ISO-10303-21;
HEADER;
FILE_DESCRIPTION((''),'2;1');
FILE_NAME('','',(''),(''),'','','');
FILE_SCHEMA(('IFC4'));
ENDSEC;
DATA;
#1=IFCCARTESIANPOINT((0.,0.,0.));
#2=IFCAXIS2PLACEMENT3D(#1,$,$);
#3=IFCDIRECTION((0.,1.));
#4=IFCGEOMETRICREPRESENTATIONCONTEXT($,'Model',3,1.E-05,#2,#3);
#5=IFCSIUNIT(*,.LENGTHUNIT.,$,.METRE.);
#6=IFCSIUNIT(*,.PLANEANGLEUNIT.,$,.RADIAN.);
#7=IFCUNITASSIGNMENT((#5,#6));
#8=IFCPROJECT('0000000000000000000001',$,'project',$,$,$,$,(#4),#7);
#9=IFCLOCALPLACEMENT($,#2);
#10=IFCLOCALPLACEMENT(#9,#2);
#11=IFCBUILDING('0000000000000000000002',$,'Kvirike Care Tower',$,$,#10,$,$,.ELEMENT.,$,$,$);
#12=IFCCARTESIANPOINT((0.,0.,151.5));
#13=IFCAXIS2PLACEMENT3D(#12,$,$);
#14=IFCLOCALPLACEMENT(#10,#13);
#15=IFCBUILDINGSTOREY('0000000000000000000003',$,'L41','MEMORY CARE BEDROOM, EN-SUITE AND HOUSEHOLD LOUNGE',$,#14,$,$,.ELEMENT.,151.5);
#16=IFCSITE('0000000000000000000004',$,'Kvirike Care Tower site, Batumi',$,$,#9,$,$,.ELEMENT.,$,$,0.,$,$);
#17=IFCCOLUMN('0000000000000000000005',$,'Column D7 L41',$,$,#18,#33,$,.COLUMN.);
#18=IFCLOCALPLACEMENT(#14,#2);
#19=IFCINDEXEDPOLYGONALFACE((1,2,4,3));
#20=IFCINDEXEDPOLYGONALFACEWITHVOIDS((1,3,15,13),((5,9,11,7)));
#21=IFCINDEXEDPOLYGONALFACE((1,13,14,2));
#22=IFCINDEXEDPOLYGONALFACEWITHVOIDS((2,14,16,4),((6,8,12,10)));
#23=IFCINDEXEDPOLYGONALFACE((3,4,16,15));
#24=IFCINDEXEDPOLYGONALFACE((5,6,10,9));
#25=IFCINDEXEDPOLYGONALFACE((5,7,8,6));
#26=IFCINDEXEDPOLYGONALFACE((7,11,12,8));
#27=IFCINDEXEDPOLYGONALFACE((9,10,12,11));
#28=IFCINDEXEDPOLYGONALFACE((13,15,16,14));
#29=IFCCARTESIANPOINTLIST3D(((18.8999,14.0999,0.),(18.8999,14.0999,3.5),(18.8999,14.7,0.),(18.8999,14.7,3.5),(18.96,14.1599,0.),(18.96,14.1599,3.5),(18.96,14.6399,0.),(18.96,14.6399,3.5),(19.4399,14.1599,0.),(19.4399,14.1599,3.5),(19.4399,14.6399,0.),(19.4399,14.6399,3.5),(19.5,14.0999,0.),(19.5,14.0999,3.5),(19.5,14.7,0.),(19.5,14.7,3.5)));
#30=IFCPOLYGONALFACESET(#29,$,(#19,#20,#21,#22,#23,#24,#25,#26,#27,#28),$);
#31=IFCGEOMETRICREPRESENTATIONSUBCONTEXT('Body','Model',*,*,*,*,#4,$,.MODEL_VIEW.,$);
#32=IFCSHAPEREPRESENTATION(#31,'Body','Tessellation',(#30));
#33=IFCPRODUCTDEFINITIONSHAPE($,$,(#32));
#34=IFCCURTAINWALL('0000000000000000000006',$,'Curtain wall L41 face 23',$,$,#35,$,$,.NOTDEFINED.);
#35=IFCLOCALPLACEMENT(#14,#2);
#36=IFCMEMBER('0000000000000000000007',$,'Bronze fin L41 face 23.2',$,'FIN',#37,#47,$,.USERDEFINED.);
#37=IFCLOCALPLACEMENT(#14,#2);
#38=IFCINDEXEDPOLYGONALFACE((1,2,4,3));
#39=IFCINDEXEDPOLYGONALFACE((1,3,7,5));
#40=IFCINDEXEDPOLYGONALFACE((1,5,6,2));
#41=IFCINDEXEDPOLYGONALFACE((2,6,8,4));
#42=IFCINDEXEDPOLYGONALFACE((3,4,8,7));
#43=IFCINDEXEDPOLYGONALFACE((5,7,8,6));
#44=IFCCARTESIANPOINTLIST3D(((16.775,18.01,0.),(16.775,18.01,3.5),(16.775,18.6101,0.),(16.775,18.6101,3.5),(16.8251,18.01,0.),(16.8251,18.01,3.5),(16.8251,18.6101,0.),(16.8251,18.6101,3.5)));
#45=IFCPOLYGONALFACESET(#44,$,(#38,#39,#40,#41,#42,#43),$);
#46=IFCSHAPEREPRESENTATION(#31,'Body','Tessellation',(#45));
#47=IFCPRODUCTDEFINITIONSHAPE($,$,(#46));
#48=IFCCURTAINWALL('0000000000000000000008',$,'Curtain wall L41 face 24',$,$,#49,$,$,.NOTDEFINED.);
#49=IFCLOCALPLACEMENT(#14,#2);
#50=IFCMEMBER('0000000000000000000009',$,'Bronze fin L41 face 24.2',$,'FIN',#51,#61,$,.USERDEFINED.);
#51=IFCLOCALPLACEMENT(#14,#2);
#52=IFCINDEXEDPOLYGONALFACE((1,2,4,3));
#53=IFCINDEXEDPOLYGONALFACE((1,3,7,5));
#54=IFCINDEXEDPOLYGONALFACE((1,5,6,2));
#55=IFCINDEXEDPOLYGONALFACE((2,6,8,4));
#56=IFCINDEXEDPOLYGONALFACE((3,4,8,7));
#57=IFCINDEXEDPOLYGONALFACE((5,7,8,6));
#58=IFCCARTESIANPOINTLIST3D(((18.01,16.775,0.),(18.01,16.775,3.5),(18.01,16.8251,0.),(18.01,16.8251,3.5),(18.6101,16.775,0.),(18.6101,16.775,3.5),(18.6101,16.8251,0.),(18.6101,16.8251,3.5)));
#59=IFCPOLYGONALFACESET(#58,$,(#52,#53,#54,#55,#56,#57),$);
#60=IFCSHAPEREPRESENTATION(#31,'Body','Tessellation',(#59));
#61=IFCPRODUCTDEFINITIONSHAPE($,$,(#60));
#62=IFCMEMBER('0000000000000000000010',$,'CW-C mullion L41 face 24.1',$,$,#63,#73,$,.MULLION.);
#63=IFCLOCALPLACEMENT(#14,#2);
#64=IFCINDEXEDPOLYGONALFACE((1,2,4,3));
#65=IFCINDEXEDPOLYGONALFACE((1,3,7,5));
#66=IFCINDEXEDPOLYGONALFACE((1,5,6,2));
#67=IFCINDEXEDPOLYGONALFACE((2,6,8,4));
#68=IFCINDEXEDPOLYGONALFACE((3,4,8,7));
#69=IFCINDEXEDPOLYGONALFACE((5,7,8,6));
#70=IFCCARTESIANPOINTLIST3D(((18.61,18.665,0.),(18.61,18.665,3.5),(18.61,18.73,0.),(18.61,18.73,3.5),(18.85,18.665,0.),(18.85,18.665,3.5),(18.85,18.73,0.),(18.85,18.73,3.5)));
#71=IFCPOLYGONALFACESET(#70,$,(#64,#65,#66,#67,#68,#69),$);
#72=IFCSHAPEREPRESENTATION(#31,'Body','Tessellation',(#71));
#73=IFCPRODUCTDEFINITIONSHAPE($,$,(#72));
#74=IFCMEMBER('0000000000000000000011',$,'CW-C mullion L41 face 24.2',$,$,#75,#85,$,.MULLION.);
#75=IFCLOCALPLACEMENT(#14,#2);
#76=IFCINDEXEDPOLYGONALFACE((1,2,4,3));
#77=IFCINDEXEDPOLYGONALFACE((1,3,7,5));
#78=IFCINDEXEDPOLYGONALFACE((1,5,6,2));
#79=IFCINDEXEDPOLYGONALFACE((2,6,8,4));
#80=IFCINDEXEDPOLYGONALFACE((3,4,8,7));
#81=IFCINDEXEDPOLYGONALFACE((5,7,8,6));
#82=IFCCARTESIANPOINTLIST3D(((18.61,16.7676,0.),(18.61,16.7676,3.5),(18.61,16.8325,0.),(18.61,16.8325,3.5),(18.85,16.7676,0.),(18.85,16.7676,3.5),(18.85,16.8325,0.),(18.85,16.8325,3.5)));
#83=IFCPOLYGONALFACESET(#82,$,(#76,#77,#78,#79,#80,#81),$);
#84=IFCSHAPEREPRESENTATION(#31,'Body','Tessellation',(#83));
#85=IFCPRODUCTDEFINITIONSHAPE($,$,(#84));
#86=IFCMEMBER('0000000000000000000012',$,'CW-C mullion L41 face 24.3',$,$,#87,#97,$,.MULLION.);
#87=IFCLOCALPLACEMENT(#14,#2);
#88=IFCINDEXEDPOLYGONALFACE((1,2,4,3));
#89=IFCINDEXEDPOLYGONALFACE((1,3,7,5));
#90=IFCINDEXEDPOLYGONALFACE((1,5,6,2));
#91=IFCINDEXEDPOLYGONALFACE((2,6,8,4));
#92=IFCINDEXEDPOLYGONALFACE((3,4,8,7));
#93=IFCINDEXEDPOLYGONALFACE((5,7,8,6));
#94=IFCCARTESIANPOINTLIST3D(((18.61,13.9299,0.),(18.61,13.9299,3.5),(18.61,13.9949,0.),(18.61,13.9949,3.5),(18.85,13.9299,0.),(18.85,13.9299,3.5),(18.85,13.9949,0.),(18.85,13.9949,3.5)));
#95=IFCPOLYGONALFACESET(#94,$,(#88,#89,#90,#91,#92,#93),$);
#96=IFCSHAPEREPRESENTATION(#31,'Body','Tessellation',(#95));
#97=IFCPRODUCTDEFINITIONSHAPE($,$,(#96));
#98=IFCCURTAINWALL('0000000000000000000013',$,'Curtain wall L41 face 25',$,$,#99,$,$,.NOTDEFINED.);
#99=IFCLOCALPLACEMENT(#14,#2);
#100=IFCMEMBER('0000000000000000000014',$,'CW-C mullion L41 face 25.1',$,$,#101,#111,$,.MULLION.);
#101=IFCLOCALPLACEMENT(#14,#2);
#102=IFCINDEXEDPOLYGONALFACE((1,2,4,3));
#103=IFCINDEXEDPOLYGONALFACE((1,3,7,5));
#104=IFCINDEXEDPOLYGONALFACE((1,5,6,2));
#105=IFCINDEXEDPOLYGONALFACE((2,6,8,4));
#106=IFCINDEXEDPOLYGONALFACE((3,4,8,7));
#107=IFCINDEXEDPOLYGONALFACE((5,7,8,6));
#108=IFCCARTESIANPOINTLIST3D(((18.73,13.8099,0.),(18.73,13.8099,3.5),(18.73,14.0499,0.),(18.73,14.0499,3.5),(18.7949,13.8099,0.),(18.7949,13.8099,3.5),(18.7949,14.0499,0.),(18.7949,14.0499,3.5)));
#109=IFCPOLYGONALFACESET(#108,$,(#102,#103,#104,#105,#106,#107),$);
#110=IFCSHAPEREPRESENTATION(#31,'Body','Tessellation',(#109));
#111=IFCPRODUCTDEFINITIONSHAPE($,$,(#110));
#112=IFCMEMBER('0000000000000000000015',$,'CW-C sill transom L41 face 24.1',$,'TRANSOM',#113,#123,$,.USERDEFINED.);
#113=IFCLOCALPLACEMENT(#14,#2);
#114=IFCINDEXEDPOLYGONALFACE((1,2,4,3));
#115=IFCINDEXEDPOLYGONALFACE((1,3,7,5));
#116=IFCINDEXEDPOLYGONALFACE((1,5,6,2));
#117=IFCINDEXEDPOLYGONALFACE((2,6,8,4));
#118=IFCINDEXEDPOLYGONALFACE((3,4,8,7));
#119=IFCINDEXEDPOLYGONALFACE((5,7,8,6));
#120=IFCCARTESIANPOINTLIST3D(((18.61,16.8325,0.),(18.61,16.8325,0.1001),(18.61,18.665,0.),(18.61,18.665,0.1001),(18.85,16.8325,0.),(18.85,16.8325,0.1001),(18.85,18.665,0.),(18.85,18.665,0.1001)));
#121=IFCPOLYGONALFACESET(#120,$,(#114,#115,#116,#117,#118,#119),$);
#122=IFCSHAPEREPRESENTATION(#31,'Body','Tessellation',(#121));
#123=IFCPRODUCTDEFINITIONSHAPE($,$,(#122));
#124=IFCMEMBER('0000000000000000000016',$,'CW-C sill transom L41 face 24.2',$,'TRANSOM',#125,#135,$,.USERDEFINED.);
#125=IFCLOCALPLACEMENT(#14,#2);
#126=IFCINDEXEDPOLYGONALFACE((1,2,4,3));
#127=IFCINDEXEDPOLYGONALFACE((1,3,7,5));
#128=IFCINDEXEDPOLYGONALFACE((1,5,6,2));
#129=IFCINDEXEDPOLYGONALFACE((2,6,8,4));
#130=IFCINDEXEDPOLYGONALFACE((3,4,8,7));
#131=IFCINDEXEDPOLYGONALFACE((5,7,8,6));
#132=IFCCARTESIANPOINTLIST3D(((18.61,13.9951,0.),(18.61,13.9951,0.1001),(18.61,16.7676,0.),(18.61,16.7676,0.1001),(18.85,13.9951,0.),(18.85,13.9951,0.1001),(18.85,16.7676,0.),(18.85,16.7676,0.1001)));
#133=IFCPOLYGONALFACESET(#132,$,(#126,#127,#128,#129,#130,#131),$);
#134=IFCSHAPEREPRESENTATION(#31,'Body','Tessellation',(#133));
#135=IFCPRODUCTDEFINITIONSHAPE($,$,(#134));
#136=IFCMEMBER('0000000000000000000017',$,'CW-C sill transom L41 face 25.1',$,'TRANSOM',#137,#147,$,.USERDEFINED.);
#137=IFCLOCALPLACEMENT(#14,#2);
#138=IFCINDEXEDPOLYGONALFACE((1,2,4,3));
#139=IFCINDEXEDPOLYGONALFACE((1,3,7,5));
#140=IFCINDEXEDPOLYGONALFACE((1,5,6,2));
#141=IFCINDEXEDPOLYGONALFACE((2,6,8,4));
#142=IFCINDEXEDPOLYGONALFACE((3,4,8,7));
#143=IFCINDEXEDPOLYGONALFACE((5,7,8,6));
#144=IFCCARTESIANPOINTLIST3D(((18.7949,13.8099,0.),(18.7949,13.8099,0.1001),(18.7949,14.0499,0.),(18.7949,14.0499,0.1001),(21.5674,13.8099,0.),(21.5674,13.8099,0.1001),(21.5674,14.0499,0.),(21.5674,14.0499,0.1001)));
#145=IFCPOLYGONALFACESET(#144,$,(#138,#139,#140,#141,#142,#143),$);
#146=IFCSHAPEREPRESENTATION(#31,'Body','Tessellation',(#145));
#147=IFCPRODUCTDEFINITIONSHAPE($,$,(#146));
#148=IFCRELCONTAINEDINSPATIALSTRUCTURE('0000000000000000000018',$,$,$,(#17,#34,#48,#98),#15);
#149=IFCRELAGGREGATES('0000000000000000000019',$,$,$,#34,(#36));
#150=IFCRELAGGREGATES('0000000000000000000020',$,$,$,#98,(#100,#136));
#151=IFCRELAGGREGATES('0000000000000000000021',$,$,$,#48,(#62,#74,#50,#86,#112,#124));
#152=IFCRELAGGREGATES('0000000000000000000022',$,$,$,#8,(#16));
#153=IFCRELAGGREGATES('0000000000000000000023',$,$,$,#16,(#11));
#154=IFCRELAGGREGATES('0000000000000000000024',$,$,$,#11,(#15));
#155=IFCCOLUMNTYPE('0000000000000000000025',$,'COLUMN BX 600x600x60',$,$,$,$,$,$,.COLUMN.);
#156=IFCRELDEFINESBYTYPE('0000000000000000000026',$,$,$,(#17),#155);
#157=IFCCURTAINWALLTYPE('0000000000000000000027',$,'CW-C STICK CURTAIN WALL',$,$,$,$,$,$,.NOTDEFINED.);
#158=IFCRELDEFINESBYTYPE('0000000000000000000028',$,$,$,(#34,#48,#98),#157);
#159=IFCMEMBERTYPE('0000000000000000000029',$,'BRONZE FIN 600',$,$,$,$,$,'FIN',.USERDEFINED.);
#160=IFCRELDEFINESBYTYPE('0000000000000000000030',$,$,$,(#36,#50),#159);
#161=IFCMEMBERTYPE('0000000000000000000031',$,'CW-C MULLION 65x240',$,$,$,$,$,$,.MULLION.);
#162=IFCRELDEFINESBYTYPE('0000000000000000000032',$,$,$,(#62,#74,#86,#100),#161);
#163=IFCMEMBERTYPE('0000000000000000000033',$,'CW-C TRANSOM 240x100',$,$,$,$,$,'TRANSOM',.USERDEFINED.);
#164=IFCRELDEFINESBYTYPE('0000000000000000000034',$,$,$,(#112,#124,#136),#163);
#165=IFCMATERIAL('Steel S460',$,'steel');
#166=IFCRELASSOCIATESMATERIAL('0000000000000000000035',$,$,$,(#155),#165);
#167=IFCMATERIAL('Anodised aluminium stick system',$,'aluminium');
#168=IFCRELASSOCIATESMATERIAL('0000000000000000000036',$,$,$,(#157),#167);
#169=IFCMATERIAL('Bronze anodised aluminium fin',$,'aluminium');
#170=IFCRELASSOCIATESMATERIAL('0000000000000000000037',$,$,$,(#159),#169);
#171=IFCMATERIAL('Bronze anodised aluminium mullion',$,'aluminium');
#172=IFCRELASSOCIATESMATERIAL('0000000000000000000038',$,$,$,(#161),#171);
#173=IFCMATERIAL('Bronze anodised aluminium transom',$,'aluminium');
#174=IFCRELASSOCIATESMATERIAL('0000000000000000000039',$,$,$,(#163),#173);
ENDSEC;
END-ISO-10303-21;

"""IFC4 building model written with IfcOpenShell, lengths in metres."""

from ifc_helpers import new_model, si_unit, direction, frame, origin, origin_2d, place, context, subcontext, project, spatial, rectangle, hollow_rectangle, extrude, material, material_profile, profile_set, type_object, element, aggregate, save


model = new_model("IFC4")

# Units and contexts
model_context = context("Model", 3, precision=1e-05, world=origin(), true_north=direction((0.0, 1.0)))
body_context = subcontext(model_context, "Body", "Model", "MODEL_VIEW")
ifc_project = project(units=[si_unit("LENGTHUNIT", "METRE"), si_unit("PLANEANGLEUNIT", "RADIAN")], contexts=[model_context])

# Site, building, storey
site_placement = place(None, origin())
site = spatial("IfcSite", under=ifc_project, at=site_placement, Name="Kvirike Care Tower site, Batumi", CompositionType="ELEMENT", RefElevation=0.0)
building_placement = place(site_placement, origin())
building = spatial("IfcBuilding", under=site, at=building_placement, Name="Kvirike Care Tower", CompositionType="ELEMENT")
storey_placement = place(building_placement, frame((0.0, 0.0, 151.5)))
storey = spatial("IfcBuildingStorey", under=building, at=storey_placement, Name="L41", Description="MEMORY CARE BEDROOM, EN-SUITE AND HOUSEHOLD LOUNGE", CompositionType="ELEMENT", Elevation=151.5)

# Column
ifc_material_1 = material(Name="Steel S460", Category="steel")
ifc_material_profile_1 = material_profile(ifc_material_1, hollow_rectangle(XDim=0.6001, YDim=0.6001, WallThickness=0.0601, at=origin_2d()), Name="BX 600x600x60")
ifc_profile_set_1 = profile_set([ifc_material_profile_1], Name="Steel S460")
column_type = type_object("IfcColumnType", Name="COLUMN BX 600x600x60", PredefinedType="COLUMN", material=ifc_profile_set_1)
column_placement = place(storey_placement, frame((19.2, 14.3999, 0.0), z_axis=(0.0, 0.0, 1.0), x_axis=(0.0, 1.0, 0.0)))
element("IfcColumn", 1, at=column_placement, inside=storey, type_object=column_type, Name="Column D7 L41", PredefinedType="COLUMN", context=body_context, shape_type="SweptSolid", body=[
    extrude(hollow_rectangle(XDim=0.6001, YDim=0.6001, WallThickness=0.0601, at=origin_2d()), origin(), (0.0, 0.0, 1.0), 3.5),
])

# Curtain wall, member
ifc_material_2 = material(Name="Anodised aluminium stick system", Category="aluminium")
curtain_wall_type = type_object("IfcCurtainWallType", Name="CW-C STICK CURTAIN WALL", PredefinedType="NOTDEFINED", material=ifc_material_2)
curtain_wall_1_placement = place(storey_placement, origin())
curtain_wall_1 = element("IfcCurtainWall", 2, at=curtain_wall_1_placement, inside=storey, type_object=curtain_wall_type, Name="Curtain wall L41 face 23", PredefinedType="NOTDEFINED")
ifc_material_3 = material(Name="Bronze anodised aluminium fin", Category="aluminium")
ifc_material_profile_2 = material_profile(ifc_material_3, rectangle(XDim=0.05, YDim=0.6001, at=origin_2d()), Name="BRONZE FIN 600")
ifc_profile_set_2 = profile_set([ifc_material_profile_2], Name="Bronze anodised aluminium fin")
member_type_1 = type_object("IfcMemberType", Name="BRONZE FIN 600", ElementType="FIN", PredefinedType="USERDEFINED", material=ifc_profile_set_2)
member_1_placement = place(storey_placement, frame((16.8, 18.3101, 0.0), z_axis=(0.0, 0.0, 1.0), x_axis=(1.0, 0.0, 0.0)))
member_1 = element("IfcMember", 3, at=member_1_placement, type_object=member_type_1, Name="Bronze fin L41 face 23.2", ObjectType="FIN", PredefinedType="USERDEFINED", context=body_context, shape_type="SweptSolid", body=[
    extrude(rectangle(XDim=0.05, YDim=0.6001, at=origin_2d()), origin(), (0.0, 0.0, 1.0), 3.5),
])
aggregate(curtain_wall_1, [member_1])

# Curtain wall, members
curtain_wall_2_placement = place(storey_placement, origin())
curtain_wall_2 = element("IfcCurtainWall", 4, at=curtain_wall_2_placement, inside=storey, type_object=curtain_wall_type, Name="Curtain wall L41 face 24", PredefinedType="NOTDEFINED")
member_2_placement = place(storey_placement, frame((18.3101, 16.8, 0.0), z_axis=(0.0, 0.0, 1.0), x_axis=(0.0, -1.0, 0.0)))
member_2 = element("IfcMember", 5, at=member_2_placement, type_object=member_type_1, Name="Bronze fin L41 face 24.2", ObjectType="FIN", PredefinedType="USERDEFINED", context=body_context, shape_type="SweptSolid", body=[
    extrude(rectangle(XDim=0.05, YDim=0.6001, at=origin_2d()), origin(), (0.0, 0.0, 1.0), 3.5),
])
ifc_material_4 = material(Name="Bronze anodised aluminium mullion", Category="aluminium")
ifc_material_profile_3 = material_profile(ifc_material_4, rectangle(XDim=0.0649, YDim=0.24, at=origin_2d()), Name="CW-C MULLION 65x240")
ifc_profile_set_3 = profile_set([ifc_material_profile_3], Name="Bronze anodised aluminium mullion")
member_type_2 = type_object("IfcMemberType", Name="CW-C MULLION 65x240", PredefinedType="MULLION", material=ifc_profile_set_3)
member_3_placement = place(storey_placement, frame((18.73, 18.6975, 0.0), z_axis=(0.0, 0.0, 1.0), x_axis=(0.0, -1.0, 0.0)))
member_3 = element("IfcMember", 6, at=member_3_placement, type_object=member_type_2, Name="CW-C mullion L41 face 24.1", PredefinedType="MULLION", context=body_context, shape_type="SweptSolid", body=[
    extrude(rectangle(XDim=0.0649, YDim=0.24, at=origin_2d()), origin(), (0.0, 0.0, 1.0), 3.5),
])
member_4_placement = place(storey_placement, frame((18.73, 16.8, 0.0), z_axis=(0.0, 0.0, 1.0), x_axis=(0.0, -1.0, 0.0)))
member_4 = element("IfcMember", 7, at=member_4_placement, type_object=member_type_2, Name="CW-C mullion L41 face 24.2", PredefinedType="MULLION", context=body_context, shape_type="SweptSolid", body=[
    extrude(rectangle(XDim=0.0649, YDim=0.24, at=origin_2d()), origin(), (0.0, 0.0, 1.0), 3.5),
])
member_5_placement = place(storey_placement, frame((18.73, 13.9624, 0.0), z_axis=(0.0, 0.0, 1.0), x_axis=(0.0, -1.0, 0.0)))
member_5 = element("IfcMember", 8, at=member_5_placement, type_object=member_type_2, Name="CW-C mullion L41 face 24.3", PredefinedType="MULLION", context=body_context, shape_type="SweptSolid", body=[
    extrude(rectangle(XDim=0.0649, YDim=0.24, at=origin_2d()), origin(), (0.0, 0.0, 1.0), 3.5),
])

# Curtain wall, member
curtain_wall_3_placement = place(storey_placement, origin())
curtain_wall_3 = element("IfcCurtainWall", 9, at=curtain_wall_3_placement, inside=storey, type_object=curtain_wall_type, Name="Curtain wall L41 face 25", PredefinedType="NOTDEFINED")
member_6_placement = place(storey_placement, frame((18.7625, 13.9299, 0.0), z_axis=(0.0, 0.0, 1.0), x_axis=(1.0, 0.0, 0.0)))
member_6 = element("IfcMember", 10, at=member_6_placement, type_object=member_type_2, Name="CW-C mullion L41 face 25.1", PredefinedType="MULLION", context=body_context, shape_type="SweptSolid", body=[
    extrude(rectangle(XDim=0.0649, YDim=0.24, at=origin_2d()), origin(), (0.0, 0.0, 1.0), 3.5),
])

# Members
ifc_material_5 = material(Name="Bronze anodised aluminium transom", Category="aluminium")
ifc_material_profile_4 = material_profile(ifc_material_5, rectangle(XDim=0.24, YDim=0.1001, at=origin_2d()), Name="CW-C TRANSOM 240x100")
ifc_profile_set_4 = profile_set([ifc_material_profile_4], Name="Bronze anodised aluminium transom")
member_type_3 = type_object("IfcMemberType", Name="CW-C TRANSOM 240x100", ElementType="TRANSOM", PredefinedType="USERDEFINED", material=ifc_profile_set_4)
member_7_placement = place(storey_placement, frame((18.73, 18.665, 0.05), z_axis=(0.0, -1.0, 0.0), x_axis=(1.0, 0.0, 0.0)))
member_7 = element("IfcMember", 11, at=member_7_placement, type_object=member_type_3, Name="CW-C sill transom L41 face 24.1", ObjectType="TRANSOM", PredefinedType="USERDEFINED", context=body_context, shape_type="SweptSolid", body=[
    extrude(rectangle(XDim=0.24, YDim=0.1001, at=origin_2d()), origin(), (0.0, 0.0, 1.0), 1.8325),
])
member_8_placement = place(storey_placement, frame((18.73, 16.7676, 0.05), z_axis=(0.0, -1.0, 0.0), x_axis=(1.0, 0.0, 0.0)))
member_8 = element("IfcMember", 12, at=member_8_placement, type_object=member_type_3, Name="CW-C sill transom L41 face 24.2", ObjectType="TRANSOM", PredefinedType="USERDEFINED", context=body_context, shape_type="SweptSolid", body=[
    extrude(rectangle(XDim=0.24, YDim=0.1001, at=origin_2d()), origin(), (0.0, 0.0, 1.0), 2.7725),
])
member_9_placement = place(storey_placement, frame((18.7949, 13.9299, 0.05), z_axis=(1.0, 0.0, 0.0), x_axis=(0.0, 1.0, 0.0)))
member_9 = element("IfcMember", 13, at=member_9_placement, type_object=member_type_3, Name="CW-C sill transom L41 face 25.1", ObjectType="TRANSOM", PredefinedType="USERDEFINED", context=body_context, shape_type="SweptSolid", body=[
    extrude(rectangle(XDim=0.24, YDim=0.1001, at=origin_2d()), origin(), (0.0, 0.0, 1.0), 2.7725),
])
aggregate(curtain_wall_3, [member_6, member_9])

aggregate(curtain_wall_2, [member_3, member_4, member_2, member_5, member_7, member_8])

save(model, "model.ifc")
